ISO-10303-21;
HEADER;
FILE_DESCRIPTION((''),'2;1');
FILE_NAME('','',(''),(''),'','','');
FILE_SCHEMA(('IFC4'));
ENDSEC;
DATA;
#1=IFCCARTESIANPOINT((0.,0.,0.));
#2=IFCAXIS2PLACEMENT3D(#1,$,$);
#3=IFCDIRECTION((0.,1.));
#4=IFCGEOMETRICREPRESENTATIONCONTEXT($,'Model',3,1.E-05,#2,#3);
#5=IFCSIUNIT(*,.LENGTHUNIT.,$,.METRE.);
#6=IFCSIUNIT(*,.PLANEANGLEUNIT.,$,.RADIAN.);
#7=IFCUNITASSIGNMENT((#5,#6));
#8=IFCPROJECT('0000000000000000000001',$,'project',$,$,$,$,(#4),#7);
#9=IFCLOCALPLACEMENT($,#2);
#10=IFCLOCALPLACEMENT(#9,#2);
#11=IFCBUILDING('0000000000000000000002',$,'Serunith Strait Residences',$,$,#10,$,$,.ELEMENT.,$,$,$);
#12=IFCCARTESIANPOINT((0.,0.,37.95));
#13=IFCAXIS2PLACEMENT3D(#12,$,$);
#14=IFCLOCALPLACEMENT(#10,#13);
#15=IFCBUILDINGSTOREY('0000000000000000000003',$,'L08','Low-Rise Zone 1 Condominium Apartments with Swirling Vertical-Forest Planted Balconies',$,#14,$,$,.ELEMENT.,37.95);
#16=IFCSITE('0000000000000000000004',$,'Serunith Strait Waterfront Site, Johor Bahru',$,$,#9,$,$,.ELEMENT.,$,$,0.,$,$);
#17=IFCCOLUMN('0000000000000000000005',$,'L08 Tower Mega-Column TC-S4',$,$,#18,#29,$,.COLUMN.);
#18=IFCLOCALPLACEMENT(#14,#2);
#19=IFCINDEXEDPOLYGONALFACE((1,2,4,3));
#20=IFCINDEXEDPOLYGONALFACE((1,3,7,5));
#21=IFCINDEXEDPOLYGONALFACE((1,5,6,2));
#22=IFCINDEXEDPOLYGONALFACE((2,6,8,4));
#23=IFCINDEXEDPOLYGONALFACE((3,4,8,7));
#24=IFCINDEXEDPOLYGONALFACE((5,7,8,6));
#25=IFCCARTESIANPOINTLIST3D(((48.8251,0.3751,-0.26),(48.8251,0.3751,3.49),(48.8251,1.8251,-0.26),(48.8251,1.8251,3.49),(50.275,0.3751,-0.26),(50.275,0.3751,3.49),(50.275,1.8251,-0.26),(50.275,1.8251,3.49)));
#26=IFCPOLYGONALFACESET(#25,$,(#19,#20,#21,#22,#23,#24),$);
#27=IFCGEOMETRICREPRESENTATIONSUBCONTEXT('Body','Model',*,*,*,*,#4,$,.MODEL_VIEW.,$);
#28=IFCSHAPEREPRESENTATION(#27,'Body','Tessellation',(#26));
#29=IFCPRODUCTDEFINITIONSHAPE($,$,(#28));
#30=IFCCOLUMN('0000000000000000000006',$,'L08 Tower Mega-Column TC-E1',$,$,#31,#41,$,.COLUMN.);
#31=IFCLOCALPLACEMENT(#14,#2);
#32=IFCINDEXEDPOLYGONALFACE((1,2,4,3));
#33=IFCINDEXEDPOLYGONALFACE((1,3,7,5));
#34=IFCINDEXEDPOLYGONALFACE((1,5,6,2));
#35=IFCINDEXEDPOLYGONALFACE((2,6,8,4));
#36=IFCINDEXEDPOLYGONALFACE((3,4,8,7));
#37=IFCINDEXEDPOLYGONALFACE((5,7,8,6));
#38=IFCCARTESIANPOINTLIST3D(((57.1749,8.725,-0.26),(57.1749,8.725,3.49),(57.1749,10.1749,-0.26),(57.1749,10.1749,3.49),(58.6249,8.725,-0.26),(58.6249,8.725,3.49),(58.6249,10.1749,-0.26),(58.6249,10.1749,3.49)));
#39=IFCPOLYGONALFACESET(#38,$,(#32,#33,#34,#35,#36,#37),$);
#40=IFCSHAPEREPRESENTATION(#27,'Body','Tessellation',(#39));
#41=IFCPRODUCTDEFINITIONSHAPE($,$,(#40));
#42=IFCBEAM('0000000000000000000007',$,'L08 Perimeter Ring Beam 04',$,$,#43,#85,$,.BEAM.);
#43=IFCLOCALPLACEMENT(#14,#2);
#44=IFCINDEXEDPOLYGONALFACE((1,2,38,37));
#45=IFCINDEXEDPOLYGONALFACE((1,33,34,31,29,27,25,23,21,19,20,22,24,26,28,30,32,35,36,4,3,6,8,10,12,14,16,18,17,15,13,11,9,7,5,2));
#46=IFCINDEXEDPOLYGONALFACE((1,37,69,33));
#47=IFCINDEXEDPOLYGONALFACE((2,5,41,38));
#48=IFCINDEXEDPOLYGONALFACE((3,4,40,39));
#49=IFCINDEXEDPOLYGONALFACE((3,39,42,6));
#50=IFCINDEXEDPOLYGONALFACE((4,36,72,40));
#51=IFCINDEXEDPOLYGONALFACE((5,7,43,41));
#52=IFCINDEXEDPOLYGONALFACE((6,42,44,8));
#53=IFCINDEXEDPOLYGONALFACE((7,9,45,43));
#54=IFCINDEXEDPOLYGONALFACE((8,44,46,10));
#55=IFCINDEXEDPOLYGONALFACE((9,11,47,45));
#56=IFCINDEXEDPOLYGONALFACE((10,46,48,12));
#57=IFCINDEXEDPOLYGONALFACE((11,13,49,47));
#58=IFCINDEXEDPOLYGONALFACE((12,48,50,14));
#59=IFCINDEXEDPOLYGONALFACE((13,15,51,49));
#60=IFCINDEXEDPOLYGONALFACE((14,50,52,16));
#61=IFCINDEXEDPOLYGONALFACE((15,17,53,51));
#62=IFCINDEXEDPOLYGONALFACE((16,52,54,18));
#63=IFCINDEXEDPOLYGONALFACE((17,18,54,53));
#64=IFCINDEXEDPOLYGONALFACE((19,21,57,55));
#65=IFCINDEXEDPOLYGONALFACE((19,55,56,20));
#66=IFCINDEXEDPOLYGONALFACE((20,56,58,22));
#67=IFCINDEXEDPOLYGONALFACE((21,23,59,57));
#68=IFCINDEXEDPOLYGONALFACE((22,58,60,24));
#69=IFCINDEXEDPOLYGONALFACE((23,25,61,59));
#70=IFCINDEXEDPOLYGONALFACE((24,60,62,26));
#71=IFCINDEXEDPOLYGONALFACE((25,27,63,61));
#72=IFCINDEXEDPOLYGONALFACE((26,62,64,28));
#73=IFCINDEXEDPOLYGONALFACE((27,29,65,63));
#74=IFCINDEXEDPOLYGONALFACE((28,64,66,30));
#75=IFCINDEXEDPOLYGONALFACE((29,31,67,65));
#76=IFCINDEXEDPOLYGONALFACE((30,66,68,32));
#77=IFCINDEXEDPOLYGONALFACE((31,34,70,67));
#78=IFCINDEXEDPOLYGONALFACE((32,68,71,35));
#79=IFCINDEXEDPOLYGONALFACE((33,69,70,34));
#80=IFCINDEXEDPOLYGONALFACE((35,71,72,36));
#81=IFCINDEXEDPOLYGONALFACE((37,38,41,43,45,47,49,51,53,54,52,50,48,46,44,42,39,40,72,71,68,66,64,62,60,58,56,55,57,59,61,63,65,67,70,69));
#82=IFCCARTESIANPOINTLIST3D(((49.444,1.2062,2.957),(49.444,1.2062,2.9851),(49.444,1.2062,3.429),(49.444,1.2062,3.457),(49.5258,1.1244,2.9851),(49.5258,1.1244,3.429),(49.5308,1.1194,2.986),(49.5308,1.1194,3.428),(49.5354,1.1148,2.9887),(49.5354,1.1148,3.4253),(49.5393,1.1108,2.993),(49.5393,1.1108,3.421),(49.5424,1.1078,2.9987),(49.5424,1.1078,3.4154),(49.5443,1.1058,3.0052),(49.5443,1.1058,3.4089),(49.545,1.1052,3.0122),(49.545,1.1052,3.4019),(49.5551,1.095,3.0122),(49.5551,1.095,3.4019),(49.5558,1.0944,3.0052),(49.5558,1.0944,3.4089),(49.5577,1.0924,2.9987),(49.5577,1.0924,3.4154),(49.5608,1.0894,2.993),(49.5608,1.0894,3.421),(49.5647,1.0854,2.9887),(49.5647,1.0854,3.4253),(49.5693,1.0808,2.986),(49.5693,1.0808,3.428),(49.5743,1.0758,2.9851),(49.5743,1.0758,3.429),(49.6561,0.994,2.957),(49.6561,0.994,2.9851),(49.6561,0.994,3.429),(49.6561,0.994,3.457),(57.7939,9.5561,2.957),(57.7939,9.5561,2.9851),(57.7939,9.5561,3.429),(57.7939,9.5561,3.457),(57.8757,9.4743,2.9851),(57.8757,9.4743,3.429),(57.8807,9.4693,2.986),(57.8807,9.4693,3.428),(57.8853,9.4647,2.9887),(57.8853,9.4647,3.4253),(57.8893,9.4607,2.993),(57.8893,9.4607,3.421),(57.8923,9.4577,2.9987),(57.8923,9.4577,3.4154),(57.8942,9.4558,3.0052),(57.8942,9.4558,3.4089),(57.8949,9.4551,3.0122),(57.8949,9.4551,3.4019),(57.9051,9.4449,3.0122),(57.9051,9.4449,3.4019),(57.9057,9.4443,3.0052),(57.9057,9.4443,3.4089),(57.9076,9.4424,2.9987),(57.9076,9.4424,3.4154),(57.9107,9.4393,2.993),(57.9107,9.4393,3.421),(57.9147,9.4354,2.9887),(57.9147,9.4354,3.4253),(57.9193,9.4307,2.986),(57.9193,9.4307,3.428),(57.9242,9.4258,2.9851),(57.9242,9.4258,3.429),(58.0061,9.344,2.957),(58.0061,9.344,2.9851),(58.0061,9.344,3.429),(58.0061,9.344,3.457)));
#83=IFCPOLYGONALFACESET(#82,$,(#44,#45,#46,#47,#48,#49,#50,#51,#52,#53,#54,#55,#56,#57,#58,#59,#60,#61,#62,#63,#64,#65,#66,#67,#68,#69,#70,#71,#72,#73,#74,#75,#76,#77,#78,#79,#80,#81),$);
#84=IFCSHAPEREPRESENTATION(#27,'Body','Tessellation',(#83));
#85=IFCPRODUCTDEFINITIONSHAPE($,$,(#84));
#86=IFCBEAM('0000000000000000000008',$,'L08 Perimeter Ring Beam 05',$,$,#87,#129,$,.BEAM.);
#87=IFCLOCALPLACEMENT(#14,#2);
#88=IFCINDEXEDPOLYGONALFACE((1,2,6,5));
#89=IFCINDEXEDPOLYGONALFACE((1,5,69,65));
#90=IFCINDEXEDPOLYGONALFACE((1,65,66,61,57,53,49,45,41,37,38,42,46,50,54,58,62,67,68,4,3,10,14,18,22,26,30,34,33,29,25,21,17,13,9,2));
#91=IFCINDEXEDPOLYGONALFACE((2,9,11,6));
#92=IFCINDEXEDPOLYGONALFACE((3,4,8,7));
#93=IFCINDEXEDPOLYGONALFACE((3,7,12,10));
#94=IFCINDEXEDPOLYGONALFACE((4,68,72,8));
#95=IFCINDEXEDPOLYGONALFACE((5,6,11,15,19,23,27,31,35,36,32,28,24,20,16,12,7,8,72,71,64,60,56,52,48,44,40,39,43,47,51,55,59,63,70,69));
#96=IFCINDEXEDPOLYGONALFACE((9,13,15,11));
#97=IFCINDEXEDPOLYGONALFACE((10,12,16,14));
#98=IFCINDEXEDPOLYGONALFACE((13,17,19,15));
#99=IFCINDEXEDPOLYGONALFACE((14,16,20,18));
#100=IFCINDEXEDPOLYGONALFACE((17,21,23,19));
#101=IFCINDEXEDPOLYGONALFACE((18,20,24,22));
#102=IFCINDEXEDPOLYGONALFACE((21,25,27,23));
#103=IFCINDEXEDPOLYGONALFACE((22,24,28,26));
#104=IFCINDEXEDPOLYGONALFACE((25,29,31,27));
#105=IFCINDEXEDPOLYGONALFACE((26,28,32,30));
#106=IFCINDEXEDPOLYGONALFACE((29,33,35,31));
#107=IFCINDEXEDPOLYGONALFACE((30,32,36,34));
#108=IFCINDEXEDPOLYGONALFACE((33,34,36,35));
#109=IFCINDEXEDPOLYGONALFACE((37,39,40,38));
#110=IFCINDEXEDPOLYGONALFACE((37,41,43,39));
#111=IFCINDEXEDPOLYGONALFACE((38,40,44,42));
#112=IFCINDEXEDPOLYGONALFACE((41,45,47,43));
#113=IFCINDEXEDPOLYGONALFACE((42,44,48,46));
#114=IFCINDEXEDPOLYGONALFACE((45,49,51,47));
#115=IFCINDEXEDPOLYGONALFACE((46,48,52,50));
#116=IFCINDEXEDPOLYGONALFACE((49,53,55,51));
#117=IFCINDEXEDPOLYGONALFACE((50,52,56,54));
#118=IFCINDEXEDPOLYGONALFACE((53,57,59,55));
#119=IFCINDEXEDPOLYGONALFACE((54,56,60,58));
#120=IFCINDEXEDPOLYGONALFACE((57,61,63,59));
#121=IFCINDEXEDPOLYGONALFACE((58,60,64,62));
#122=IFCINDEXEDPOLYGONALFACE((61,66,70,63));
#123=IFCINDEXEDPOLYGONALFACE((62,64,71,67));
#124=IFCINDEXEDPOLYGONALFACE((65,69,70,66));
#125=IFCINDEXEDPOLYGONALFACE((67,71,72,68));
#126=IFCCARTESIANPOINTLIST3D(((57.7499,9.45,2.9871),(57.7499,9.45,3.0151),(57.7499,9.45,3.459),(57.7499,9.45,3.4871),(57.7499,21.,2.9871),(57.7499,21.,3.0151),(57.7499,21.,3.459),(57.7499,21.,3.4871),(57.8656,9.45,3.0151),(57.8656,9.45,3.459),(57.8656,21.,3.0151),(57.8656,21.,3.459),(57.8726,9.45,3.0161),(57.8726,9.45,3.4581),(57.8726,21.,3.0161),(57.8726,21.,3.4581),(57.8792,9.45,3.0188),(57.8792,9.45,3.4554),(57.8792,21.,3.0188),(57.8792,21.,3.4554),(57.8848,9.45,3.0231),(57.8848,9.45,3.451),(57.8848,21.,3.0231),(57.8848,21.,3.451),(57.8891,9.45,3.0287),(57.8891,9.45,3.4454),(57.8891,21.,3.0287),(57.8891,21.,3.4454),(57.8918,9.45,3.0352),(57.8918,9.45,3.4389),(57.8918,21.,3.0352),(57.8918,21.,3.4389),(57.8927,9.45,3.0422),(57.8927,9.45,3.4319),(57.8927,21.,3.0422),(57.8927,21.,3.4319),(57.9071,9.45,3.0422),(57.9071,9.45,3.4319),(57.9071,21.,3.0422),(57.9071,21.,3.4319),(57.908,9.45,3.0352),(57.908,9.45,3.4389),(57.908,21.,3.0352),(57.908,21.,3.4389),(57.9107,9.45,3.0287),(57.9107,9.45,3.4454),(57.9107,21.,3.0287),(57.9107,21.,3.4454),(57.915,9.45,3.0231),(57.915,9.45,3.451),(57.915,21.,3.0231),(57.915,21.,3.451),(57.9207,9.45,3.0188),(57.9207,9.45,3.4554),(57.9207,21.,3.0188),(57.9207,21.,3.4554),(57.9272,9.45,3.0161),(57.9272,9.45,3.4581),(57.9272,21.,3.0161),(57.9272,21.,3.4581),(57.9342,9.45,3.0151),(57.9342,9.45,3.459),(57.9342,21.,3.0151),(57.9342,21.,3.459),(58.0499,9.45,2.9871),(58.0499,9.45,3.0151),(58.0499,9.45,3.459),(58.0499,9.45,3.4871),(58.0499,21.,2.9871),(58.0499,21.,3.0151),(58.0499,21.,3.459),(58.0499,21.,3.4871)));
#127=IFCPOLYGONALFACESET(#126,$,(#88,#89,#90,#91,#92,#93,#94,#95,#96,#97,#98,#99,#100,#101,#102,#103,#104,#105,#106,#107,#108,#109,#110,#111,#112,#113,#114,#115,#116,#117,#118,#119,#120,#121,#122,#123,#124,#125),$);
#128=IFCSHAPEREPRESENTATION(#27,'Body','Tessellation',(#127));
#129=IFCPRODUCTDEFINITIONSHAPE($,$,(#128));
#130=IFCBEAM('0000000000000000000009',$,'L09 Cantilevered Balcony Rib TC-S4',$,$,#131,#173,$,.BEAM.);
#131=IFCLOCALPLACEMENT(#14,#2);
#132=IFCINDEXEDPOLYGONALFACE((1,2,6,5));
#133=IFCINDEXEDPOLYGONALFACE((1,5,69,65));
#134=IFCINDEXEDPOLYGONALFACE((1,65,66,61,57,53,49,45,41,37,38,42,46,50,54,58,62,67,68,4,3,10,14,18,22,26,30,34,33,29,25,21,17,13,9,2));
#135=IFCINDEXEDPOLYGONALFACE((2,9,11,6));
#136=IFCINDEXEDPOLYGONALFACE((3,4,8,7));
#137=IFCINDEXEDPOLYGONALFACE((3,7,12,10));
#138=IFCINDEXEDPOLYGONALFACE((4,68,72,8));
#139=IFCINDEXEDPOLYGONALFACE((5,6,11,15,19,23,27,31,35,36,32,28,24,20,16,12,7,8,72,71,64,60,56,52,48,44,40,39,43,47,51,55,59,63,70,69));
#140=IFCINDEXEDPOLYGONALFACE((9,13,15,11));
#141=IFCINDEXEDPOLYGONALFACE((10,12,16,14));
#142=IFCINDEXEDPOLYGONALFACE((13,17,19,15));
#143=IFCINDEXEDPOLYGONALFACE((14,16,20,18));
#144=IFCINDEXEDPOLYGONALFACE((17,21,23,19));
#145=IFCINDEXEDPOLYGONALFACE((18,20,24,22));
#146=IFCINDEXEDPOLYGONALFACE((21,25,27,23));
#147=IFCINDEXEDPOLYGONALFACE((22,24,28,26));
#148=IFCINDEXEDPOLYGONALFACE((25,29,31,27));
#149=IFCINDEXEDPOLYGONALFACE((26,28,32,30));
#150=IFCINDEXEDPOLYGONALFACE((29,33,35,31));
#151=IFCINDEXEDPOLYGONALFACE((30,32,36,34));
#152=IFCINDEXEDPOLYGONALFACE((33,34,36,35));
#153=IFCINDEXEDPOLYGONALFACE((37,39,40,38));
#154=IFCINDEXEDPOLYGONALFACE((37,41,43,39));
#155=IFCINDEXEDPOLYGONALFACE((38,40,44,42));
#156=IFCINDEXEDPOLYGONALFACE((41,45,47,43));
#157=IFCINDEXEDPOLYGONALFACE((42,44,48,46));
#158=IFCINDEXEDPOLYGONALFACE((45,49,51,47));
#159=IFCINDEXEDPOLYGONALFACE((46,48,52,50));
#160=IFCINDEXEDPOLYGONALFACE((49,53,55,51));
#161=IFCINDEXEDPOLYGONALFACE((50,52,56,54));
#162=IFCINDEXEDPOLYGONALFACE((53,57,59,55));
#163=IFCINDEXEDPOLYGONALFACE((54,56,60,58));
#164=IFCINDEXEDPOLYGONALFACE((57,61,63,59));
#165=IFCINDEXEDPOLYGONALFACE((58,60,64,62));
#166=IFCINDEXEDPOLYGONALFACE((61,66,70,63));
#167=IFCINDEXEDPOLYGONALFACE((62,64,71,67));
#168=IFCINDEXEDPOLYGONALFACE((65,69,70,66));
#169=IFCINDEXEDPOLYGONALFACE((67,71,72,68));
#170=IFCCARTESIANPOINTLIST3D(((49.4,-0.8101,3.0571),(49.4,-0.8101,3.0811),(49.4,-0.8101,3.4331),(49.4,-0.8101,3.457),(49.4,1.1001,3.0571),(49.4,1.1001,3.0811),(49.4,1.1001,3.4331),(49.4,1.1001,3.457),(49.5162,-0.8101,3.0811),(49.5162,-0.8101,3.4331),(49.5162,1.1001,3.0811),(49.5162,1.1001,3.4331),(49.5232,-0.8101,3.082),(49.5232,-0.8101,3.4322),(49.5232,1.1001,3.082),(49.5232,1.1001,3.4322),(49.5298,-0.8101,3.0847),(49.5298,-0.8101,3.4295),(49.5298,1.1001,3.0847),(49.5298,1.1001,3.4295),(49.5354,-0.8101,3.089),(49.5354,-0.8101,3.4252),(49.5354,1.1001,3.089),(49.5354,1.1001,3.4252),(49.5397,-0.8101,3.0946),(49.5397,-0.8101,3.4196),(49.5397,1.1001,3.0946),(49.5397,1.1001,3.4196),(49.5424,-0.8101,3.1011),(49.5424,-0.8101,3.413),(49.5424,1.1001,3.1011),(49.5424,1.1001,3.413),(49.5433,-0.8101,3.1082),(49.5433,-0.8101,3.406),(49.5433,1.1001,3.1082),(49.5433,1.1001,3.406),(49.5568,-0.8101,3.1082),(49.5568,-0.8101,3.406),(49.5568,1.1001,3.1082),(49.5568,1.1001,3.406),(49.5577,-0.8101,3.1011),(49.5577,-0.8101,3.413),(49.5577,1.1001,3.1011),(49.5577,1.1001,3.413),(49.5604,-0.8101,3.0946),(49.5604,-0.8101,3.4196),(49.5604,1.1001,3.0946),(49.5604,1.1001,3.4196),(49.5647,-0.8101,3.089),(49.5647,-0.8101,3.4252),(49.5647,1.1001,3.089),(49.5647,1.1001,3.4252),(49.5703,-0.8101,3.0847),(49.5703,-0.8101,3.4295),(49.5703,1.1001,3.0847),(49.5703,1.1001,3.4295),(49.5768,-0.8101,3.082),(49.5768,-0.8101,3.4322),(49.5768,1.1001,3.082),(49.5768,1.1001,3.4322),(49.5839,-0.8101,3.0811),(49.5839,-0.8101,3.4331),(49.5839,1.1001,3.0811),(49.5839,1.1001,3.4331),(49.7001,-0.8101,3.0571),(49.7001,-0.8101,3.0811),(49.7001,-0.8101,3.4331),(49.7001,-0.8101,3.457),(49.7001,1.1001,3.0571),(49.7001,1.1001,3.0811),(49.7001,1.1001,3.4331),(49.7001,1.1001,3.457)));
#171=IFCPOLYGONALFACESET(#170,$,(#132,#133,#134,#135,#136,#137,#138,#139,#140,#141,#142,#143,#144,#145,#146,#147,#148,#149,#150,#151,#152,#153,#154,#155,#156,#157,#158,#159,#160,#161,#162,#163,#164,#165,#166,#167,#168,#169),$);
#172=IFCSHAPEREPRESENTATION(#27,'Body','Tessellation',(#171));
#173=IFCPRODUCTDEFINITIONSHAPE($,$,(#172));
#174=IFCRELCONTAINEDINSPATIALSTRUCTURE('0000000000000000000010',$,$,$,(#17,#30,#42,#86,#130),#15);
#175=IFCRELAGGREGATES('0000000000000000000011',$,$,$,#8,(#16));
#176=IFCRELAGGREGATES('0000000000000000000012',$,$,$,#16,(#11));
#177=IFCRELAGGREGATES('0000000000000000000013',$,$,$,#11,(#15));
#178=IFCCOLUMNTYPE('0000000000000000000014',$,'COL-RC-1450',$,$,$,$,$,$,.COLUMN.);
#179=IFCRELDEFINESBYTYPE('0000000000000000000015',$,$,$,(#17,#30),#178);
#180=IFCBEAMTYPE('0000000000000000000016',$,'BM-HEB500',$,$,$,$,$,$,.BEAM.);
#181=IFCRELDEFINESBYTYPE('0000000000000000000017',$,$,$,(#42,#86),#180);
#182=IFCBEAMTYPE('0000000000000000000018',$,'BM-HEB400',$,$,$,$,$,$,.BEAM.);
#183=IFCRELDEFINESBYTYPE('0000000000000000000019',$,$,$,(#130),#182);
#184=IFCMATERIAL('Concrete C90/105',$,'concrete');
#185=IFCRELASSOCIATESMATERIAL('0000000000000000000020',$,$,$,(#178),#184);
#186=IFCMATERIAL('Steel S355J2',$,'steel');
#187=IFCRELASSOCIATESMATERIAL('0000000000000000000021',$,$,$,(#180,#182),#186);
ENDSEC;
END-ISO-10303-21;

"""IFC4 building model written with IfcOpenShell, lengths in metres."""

from ifc_helpers import new_model, si_unit, direction, frame, origin, origin_2d, place, context, subcontext, project, spatial, rectangle, i_section, extrude, source, transform, mapped, material, material_profile, profile_set, type_object, element, save


model = new_model("IFC4")

# Units and contexts
model_context = context("Model", 3, precision=1e-05, world=origin(), true_north=direction((0.0, 1.0)))
body_context = subcontext(model_context, "Body", "Model", "MODEL_VIEW")
ifc_project = project(units=[si_unit("LENGTHUNIT", "METRE"), si_unit("PLANEANGLEUNIT", "RADIAN")], contexts=[model_context])

# Site, building, storey
site_placement = place(None, origin())
site = spatial("IfcSite", under=ifc_project, at=site_placement, Name="Serunith Strait Waterfront Site, Johor Bahru", CompositionType="ELEMENT", RefElevation=0.0)
building_placement = place(site_placement, origin())
building = spatial("IfcBuilding", under=site, at=building_placement, Name="Serunith Strait Residences", CompositionType="ELEMENT")
storey_placement = place(building_placement, frame((0.0, 0.0, 37.95)))
storey = spatial("IfcBuildingStorey", under=building, at=storey_placement, Name="L08", Description="Low-Rise Zone 1 Condominium Apartments with Swirling Vertical-Forest Planted Balconies", CompositionType="ELEMENT", Elevation=37.95)

# Columns
ifc_material_1 = material(Name="Concrete C90/105", Category="concrete")
ifc_material_profile_1 = material_profile(ifc_material_1, rectangle(XDim=1.45, YDim=1.45, at=origin_2d()), Name="RC 1450x1450")
ifc_profile_set_1 = profile_set([ifc_material_profile_1], Name="Concrete C90/105")
column_type = type_object("IfcColumnType", Name="COL-RC-1450", PredefinedType="COLUMN", material=ifc_profile_set_1)
shared_shape_1 = source(origin(), body_context, "Body", "SweptSolid", [
    extrude(rectangle(XDim=1.45, YDim=1.45, at=origin_2d()), origin(), (0.0, 0.0, 1.0), 3.75),
])
for number, where, z_axis, x_axis, name in (
    (1, (49.55, 1.1001, -0.26), (0.0, 0.0, 1.0), (1.0, 0.0, 0.0), "L08 Tower Mega-Column TC-S4"),
    (2, (57.8999, 9.45, -0.26), (0.0, 0.0, 1.0), (1.0, 0.0, 0.0), "L08 Tower Mega-Column TC-E1"),
):
    element("IfcColumn", number, at=place(storey_placement, frame(where, z_axis=z_axis, x_axis=x_axis)), inside=storey, type_object=column_type, Name=name, PredefinedType="COLUMN", context=body_context, shape_type="MappedRepresentation", body=[
        mapped(shared_shape_1, transform((0.0, 0.0, 0.0), scale=1.0)),
    ])

# Beams
ifc_material_2 = material(Name="Steel S355J2", Category="steel")
ifc_material_profile_2 = material_profile(ifc_material_2, i_section(OverallWidth=0.3, OverallDepth=0.5, WebThickness=0.0144, FlangeThickness=0.0281, FilletRadius=0.0271, at=origin_2d()), Name="HEB 500")
ifc_profile_set_2 = profile_set([ifc_material_profile_2], Name="Steel S355J2")
beam_type_1 = type_object("IfcBeamType", Name="BM-HEB500", PredefinedType="BEAM", material=ifc_profile_set_2)
shared_shape_2 = source(origin(), body_context, "Body", "SweptSolid", [
    extrude(i_section(OverallWidth=0.3, OverallDepth=0.5, WebThickness=0.0144, FlangeThickness=0.0281, FilletRadius=0.0271, at=origin_2d()), origin(), (0.0, 0.0, 1.0), 11.8086),
])
beam_1_placement = place(storey_placement, frame((49.55, 1.1001, 3.207), z_axis=(0.707107, 0.707107, 0.0), x_axis=(-0.707107, 0.707107, 0.0)))
element("IfcBeam", 3, at=beam_1_placement, inside=storey, type_object=beam_type_1, Name="L08 Perimeter Ring Beam 04", PredefinedType="BEAM", context=body_context, shape_type="MappedRepresentation", body=[
    mapped(shared_shape_2, transform((0.0, 0.0, 0.0), scale=1.0)),
])
shared_shape_3 = source(origin(), body_context, "Body", "SweptSolid", [
    extrude(i_section(OverallWidth=0.3, OverallDepth=0.5, WebThickness=0.0144, FlangeThickness=0.0281, FilletRadius=0.0271, at=origin_2d()), origin(), (0.0, 0.0, 1.0), 11.55),
])
beam_2_placement = place(storey_placement, frame((57.8999, 9.45, 3.2371), z_axis=(0.0, 1.0, 0.0), x_axis=(-1.0, 0.0, 0.0)))
element("IfcBeam", 4, at=beam_2_placement, inside=storey, type_object=beam_type_1, Name="L08 Perimeter Ring Beam 05", PredefinedType="BEAM", context=body_context, shape_type="MappedRepresentation", body=[
    mapped(shared_shape_3, transform((0.0, 0.0, 0.0), scale=1.0)),
])
ifc_material_profile_3 = material_profile(ifc_material_2, i_section(OverallWidth=0.3, OverallDepth=0.3999, WebThickness=0.0134, FlangeThickness=0.0239, FilletRadius=0.0271, at=origin_2d()), Name="HEB 400")
ifc_profile_set_3 = profile_set([ifc_material_profile_3], Name="Steel S355J2")
beam_type_2 = type_object("IfcBeamType", Name="BM-HEB400", PredefinedType="BEAM", material=ifc_profile_set_3)
shared_shape_4 = source(origin(), body_context, "Body", "SweptSolid", [
    extrude(i_section(OverallWidth=0.3, OverallDepth=0.3999, WebThickness=0.0134, FlangeThickness=0.0239, FilletRadius=0.0271, at=origin_2d()), origin(), (0.0, 0.0, 1.0), 1.9102),
])
for number, where, z_axis, x_axis, name in (
    (5, (49.55, 1.1001, 3.2571), (0.0, -1.0, 0.0), (1.0, 0.0, 0.0), "L09 Cantilevered Balcony Rib TC-S4"),
):
    element("IfcBeam", number, at=place(storey_placement, frame(where, z_axis=z_axis, x_axis=x_axis)), inside=storey, type_object=beam_type_2, Name=name, PredefinedType="BEAM", context=body_context, shape_type="MappedRepresentation", body=[
        mapped(shared_shape_4, transform((0.0, 0.0, 0.0), scale=1.0)),
    ])

save(model, "model.ifc")
